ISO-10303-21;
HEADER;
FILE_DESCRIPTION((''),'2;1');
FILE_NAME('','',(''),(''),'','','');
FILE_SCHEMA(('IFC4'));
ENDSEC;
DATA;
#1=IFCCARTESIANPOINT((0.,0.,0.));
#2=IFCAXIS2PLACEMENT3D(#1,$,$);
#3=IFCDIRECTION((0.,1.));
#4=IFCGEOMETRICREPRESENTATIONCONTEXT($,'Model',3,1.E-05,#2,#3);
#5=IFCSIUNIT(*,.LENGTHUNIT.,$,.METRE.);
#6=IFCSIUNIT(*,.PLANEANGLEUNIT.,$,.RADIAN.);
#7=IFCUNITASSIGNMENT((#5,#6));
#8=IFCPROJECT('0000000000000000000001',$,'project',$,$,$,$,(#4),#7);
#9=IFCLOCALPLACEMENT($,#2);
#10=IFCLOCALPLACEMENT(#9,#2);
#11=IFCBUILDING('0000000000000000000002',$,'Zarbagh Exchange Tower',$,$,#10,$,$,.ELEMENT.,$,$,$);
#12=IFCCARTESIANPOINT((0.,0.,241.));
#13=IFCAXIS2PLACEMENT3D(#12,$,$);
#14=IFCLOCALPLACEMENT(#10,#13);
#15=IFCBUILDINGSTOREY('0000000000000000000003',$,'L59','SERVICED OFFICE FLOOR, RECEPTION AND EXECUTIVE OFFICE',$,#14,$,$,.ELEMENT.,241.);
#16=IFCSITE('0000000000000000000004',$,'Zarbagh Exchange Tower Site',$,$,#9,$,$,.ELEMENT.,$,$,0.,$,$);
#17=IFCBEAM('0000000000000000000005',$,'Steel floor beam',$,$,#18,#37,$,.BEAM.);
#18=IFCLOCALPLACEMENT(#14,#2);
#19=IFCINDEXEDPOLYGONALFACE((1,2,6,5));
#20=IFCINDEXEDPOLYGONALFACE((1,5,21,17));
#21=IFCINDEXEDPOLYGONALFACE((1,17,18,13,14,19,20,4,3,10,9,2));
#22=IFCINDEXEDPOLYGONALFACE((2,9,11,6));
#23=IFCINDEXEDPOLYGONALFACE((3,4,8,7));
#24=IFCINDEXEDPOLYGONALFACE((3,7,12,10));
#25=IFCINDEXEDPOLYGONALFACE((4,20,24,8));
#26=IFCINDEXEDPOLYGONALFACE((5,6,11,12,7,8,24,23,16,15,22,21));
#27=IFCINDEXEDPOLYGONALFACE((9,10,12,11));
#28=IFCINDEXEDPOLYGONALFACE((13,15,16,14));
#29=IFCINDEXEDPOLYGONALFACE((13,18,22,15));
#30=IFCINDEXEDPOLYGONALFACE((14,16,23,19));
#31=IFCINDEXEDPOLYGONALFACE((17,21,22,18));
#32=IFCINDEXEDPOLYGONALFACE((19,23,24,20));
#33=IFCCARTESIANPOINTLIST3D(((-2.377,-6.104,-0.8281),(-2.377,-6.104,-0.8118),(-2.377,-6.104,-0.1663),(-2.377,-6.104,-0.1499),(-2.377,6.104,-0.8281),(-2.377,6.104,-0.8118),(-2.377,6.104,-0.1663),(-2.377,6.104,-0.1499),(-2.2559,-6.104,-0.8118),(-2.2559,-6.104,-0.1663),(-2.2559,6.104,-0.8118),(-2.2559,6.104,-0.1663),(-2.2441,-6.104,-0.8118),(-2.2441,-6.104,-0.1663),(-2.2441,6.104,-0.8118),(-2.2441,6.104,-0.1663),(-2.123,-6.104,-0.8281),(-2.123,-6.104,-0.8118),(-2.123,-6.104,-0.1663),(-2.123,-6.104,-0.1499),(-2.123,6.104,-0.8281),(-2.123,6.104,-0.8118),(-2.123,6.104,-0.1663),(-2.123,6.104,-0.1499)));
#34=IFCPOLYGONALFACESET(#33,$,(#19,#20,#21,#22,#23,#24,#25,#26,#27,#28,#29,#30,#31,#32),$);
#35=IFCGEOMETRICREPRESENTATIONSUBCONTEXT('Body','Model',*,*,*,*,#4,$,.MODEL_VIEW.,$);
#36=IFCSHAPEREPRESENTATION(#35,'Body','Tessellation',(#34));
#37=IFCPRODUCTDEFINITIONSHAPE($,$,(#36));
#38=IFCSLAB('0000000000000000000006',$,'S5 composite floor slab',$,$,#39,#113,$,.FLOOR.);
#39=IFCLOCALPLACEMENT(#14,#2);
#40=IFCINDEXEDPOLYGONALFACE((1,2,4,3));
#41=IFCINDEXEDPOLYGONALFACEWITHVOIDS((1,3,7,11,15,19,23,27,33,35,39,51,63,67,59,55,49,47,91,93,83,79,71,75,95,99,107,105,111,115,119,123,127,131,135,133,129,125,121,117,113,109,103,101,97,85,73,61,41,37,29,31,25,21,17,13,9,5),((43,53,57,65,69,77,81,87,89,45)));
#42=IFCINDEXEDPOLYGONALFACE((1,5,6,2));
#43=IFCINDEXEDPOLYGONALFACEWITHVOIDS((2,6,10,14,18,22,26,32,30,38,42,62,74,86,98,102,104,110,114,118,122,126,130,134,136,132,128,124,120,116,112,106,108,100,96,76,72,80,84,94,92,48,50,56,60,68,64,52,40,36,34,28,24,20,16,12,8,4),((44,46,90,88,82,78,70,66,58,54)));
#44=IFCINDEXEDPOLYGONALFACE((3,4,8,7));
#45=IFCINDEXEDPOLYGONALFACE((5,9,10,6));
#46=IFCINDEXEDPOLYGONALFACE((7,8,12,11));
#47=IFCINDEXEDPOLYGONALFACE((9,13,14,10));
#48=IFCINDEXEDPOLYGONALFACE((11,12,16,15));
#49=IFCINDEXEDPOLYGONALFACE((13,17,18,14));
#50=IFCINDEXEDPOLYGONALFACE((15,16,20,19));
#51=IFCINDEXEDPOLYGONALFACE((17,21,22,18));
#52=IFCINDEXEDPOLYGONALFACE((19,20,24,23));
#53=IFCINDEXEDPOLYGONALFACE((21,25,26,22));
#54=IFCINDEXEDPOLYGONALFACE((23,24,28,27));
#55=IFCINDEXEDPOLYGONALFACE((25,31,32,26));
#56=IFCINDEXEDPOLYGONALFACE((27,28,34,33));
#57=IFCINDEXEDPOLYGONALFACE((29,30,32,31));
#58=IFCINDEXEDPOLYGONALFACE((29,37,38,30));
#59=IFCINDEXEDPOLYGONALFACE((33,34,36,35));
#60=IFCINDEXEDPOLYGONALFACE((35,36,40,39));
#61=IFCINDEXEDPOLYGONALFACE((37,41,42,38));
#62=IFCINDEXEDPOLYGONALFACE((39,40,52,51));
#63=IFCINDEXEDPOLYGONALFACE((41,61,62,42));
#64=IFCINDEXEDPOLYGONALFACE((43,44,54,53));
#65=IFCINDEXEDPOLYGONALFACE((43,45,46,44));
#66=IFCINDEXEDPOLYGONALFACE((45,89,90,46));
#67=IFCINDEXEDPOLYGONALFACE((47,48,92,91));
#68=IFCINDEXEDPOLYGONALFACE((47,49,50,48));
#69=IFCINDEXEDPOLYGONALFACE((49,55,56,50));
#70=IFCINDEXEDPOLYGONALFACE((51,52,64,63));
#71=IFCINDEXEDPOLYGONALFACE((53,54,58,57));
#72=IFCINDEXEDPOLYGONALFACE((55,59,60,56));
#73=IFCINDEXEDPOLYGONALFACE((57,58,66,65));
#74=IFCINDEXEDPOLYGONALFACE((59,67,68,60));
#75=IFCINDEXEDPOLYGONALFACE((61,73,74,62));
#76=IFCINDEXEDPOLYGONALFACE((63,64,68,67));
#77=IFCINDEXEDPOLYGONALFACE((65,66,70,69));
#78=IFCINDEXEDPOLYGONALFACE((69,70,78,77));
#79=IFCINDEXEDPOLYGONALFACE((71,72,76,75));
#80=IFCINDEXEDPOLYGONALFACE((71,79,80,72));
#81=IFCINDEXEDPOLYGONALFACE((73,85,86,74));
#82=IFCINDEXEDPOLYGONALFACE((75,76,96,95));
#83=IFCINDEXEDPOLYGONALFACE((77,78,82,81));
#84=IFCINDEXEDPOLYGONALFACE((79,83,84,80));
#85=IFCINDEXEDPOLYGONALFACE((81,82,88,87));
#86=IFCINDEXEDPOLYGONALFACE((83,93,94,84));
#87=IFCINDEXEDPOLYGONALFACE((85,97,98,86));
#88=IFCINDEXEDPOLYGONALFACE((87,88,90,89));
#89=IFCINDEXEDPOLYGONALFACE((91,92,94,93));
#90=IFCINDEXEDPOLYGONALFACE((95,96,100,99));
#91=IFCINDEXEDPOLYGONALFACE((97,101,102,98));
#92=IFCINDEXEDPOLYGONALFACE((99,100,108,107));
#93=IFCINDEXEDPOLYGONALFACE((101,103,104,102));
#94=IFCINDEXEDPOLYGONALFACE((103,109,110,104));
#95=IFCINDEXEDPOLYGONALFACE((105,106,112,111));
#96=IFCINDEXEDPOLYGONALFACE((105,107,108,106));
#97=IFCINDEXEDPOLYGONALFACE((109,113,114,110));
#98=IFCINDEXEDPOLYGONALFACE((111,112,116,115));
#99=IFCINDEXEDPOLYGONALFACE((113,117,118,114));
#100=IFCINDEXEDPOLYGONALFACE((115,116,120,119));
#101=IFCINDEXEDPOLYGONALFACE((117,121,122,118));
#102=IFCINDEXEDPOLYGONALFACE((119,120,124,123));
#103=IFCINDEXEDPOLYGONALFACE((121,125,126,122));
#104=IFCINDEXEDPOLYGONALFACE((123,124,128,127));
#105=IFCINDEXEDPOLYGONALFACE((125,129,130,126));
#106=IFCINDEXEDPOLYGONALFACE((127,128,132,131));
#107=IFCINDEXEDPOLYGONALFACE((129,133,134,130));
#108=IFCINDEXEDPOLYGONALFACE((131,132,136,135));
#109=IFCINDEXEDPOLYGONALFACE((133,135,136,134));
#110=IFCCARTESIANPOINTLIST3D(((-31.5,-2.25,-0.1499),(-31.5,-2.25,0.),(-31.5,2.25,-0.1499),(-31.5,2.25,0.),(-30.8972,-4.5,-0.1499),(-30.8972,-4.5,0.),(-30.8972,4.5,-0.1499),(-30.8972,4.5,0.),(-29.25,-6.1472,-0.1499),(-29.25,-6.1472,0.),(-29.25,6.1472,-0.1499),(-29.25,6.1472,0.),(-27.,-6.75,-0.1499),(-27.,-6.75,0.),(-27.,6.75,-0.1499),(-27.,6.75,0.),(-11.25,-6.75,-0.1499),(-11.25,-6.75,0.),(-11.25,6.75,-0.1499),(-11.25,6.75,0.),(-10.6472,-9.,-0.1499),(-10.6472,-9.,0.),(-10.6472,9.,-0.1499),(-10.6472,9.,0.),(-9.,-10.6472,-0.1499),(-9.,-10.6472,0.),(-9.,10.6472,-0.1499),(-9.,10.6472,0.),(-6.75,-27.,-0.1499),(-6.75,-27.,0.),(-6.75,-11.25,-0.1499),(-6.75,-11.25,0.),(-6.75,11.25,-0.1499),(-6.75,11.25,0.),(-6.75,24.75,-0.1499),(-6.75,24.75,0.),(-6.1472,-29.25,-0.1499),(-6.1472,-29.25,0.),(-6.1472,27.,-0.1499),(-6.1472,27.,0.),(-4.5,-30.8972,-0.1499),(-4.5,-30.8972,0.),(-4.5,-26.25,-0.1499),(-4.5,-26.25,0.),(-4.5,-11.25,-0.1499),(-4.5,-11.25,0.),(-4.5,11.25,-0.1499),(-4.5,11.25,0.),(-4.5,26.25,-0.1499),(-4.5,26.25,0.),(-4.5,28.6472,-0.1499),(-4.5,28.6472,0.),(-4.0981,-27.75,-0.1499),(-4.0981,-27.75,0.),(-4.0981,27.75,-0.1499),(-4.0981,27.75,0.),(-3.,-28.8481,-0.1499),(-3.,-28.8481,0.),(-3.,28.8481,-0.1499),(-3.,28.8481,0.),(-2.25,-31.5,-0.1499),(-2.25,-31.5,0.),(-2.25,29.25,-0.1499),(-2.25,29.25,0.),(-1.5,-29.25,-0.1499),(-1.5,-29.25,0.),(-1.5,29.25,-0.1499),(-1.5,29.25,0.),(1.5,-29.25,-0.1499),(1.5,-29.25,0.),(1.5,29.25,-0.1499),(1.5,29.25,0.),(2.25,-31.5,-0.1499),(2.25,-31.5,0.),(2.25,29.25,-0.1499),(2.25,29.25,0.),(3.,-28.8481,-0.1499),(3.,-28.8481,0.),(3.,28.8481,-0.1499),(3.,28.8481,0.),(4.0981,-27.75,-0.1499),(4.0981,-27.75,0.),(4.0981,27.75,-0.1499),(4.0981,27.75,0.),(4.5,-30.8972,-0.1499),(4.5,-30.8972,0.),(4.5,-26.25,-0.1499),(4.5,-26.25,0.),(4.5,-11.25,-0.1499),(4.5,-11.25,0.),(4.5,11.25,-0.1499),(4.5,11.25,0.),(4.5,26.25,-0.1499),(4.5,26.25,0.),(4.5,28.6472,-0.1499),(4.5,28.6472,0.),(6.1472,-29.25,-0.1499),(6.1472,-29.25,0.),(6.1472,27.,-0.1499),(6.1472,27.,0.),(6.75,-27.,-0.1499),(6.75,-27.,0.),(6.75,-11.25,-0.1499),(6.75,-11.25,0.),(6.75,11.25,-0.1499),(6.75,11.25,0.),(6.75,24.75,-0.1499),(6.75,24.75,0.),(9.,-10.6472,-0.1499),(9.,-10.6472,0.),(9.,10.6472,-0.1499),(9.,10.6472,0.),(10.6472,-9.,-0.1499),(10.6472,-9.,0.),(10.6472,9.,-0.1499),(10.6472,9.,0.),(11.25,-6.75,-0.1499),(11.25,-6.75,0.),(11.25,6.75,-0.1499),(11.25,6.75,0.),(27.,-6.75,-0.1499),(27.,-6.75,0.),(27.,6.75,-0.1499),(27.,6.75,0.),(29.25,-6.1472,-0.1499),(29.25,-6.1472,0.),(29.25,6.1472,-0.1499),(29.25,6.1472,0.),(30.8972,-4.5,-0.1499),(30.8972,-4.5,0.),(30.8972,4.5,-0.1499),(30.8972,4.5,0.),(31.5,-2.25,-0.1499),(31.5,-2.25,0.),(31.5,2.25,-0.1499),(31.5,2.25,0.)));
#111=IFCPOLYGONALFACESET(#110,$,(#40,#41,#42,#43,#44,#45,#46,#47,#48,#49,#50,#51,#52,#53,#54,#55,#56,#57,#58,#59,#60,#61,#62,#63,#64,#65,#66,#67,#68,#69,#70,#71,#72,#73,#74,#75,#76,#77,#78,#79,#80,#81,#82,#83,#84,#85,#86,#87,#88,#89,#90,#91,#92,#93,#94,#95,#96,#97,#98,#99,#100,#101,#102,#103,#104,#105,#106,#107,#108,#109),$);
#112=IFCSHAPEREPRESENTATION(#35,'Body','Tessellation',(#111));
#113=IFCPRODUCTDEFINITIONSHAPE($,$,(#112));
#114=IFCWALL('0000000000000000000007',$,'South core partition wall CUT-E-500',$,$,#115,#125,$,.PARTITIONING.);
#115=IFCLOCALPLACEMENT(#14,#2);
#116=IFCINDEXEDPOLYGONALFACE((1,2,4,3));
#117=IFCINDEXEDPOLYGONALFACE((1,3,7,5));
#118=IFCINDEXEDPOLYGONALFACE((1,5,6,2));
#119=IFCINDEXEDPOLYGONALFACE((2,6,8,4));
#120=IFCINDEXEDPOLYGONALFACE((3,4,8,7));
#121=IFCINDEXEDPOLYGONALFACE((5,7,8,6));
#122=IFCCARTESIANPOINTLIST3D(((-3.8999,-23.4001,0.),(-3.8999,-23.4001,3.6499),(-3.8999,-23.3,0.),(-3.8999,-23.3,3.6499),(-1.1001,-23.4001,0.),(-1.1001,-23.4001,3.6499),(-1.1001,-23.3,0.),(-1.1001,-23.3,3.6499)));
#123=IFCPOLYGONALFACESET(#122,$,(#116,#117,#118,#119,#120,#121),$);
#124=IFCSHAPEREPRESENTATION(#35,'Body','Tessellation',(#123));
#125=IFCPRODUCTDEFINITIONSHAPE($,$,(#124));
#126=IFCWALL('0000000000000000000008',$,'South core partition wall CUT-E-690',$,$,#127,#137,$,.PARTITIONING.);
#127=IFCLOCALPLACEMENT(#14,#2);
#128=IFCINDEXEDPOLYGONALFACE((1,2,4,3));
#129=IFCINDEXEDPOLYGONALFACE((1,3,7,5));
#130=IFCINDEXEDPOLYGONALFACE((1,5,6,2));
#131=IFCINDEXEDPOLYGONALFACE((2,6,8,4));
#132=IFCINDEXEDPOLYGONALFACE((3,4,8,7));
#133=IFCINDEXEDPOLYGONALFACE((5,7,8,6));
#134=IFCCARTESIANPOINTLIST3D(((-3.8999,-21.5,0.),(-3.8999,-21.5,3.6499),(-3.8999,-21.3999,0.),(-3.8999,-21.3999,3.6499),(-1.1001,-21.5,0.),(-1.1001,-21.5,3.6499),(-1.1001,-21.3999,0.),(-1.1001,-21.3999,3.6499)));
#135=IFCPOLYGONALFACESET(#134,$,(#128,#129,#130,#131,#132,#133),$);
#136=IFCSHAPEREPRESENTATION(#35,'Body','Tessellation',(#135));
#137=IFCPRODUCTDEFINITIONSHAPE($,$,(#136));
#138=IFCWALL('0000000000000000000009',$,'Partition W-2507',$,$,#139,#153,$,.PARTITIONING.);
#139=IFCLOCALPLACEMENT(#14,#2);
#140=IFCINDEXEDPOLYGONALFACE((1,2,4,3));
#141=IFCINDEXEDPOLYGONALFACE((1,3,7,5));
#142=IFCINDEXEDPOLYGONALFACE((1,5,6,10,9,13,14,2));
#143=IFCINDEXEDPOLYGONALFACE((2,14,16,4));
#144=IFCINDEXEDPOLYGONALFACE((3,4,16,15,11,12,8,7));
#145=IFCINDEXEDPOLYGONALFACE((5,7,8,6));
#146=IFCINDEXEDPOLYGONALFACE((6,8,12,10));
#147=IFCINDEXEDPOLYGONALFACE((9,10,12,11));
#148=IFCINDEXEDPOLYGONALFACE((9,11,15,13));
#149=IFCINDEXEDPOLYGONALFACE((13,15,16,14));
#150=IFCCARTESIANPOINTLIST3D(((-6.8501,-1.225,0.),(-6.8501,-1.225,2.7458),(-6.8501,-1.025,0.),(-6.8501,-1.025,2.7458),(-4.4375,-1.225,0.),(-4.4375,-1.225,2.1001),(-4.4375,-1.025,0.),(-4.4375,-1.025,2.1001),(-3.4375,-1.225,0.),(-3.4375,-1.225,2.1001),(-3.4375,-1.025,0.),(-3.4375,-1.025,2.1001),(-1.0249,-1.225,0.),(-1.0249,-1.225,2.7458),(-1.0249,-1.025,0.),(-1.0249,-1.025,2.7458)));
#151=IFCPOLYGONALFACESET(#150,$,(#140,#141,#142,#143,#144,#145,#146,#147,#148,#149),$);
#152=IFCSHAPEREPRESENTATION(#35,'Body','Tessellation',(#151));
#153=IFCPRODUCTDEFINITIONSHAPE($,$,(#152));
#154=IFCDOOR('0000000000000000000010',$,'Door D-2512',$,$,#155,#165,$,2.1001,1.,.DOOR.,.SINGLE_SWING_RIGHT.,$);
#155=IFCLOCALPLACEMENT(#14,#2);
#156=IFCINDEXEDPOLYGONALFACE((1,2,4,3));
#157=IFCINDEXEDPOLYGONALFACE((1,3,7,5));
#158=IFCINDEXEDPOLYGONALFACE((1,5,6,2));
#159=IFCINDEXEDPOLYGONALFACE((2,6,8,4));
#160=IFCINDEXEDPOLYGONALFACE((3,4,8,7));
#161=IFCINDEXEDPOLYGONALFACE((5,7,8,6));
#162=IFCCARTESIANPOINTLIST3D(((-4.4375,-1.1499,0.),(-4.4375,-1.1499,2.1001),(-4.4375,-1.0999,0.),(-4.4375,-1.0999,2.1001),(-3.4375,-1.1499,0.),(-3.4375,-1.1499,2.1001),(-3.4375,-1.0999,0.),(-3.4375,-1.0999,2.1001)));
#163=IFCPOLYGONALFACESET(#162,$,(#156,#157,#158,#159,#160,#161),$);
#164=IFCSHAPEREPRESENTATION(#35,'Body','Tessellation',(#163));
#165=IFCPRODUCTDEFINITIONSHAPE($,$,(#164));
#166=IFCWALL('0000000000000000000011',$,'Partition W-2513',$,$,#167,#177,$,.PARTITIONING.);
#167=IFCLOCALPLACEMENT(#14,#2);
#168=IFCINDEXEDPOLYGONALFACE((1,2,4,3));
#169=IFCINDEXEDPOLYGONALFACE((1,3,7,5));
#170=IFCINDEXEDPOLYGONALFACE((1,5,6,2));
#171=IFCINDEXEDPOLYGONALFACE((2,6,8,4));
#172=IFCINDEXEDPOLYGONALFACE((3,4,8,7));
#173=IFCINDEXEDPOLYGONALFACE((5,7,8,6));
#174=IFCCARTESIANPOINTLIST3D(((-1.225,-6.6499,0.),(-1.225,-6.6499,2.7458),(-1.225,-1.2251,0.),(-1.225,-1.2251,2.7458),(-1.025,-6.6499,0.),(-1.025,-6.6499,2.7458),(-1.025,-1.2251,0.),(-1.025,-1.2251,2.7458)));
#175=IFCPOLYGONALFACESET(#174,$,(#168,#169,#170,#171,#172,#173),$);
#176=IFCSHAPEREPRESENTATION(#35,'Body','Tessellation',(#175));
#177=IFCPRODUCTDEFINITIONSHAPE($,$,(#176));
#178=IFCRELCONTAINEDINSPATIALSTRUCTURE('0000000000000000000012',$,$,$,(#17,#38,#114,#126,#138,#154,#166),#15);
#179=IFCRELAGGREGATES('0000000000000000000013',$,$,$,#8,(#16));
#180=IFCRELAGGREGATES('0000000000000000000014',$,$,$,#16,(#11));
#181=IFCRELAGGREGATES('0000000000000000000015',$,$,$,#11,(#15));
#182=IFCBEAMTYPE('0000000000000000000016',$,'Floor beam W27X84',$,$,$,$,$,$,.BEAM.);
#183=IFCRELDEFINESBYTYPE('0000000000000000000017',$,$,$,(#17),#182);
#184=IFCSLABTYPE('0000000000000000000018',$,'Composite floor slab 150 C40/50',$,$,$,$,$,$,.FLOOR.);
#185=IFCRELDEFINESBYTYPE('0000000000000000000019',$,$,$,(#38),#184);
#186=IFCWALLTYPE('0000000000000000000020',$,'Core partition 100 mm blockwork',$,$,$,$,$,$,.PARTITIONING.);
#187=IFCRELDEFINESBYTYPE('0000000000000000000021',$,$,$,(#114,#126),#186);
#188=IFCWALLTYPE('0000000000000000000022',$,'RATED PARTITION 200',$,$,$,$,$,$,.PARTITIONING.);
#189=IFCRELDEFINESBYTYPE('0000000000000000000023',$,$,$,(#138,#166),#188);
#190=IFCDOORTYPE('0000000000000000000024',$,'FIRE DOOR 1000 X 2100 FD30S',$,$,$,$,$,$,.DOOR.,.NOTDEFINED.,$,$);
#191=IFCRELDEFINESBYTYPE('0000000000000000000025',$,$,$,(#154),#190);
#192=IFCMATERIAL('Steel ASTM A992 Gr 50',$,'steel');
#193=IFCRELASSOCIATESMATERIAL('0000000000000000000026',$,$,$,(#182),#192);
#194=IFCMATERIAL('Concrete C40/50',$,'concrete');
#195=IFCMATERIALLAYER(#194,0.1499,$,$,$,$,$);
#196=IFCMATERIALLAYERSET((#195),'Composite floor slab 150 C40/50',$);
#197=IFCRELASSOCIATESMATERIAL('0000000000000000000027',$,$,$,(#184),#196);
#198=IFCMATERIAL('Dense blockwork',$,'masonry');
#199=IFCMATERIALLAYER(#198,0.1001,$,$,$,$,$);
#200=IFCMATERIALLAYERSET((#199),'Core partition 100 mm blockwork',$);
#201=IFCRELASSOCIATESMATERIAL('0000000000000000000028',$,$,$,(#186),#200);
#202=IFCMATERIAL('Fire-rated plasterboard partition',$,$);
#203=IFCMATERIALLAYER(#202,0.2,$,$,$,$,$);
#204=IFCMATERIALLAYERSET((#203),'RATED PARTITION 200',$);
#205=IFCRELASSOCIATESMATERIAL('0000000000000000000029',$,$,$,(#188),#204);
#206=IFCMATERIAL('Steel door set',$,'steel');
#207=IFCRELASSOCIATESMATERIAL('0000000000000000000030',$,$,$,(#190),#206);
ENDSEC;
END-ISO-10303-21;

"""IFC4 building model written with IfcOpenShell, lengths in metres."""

from ifc_helpers import new_model, si_unit, direction, frame, frame_2d, origin, origin_2d, place, context, subcontext, project, spatial, polyline, rectangle, i_section, outline, extrude, material, layer, layer_set, material_profile, profile_set, type_object, element, fill, save


model = new_model("IFC4")

# Units and contexts
model_context = context("Model", 3, precision=1e-05, world=origin(), true_north=direction((0.0, 1.0)))
body_context = subcontext(model_context, "Body", "Model", "MODEL_VIEW")
ifc_project = project(units=[si_unit("LENGTHUNIT", "METRE"), si_unit("PLANEANGLEUNIT", "RADIAN")], contexts=[model_context])

# Site, building, storey
site_placement = place(None, origin())
site = spatial("IfcSite", under=ifc_project, at=site_placement, Name="Zarbagh Exchange Tower Site", CompositionType="ELEMENT", RefElevation=0.0)
building_placement = place(site_placement, origin())
building = spatial("IfcBuilding", under=site, at=building_placement, Name="Zarbagh Exchange Tower", CompositionType="ELEMENT")
storey_placement = place(building_placement, frame((0.0, 0.0, 241.0)))
storey = spatial("IfcBuildingStorey", under=building, at=storey_placement, Name="L59", Description="SERVICED OFFICE FLOOR, RECEPTION AND EXECUTIVE OFFICE", CompositionType="ELEMENT", Elevation=241.0)

# Beam
ifc_material_1 = material(Name="Steel ASTM A992 Gr 50", Category="steel")
ifc_material_profile = material_profile(ifc_material_1, i_section(OverallWidth=0.2539, OverallDepth=0.6782, WebThickness=0.0117, FlangeThickness=0.0164, at=origin_2d()), Name="W27X84")
ifc_profile_set = profile_set([ifc_material_profile], Name="Steel ASTM A992 Gr 50")
beam_type = type_object("IfcBeamType", Name="Floor beam W27X84", PredefinedType="BEAM", material=ifc_profile_set)
beam_placement = place(storey_placement, frame((-2.25, -6.104, -0.489), z_axis=(0.0, 1.0, 0.0), x_axis=(-1.0, 0.0, 0.0)))
element("IfcBeam", 1, at=beam_placement, inside=storey, type_object=beam_type, Name="Steel floor beam", PredefinedType="BEAM", context=body_context, shape_type="SweptSolid", body=[
    extrude(i_section(OverallWidth=0.2539, OverallDepth=0.6782, WebThickness=0.0117, FlangeThickness=0.0164, at=origin_2d()), origin(), (0.0, 0.0, 1.0), 12.208),
])

# Slab
ifc_material_2 = material(Name="Concrete C40/50", Category="concrete")
ifc_layer_1 = layer(ifc_material_2, 0.1499)
ifc_layer_set_1 = layer_set([ifc_layer_1], Name="Composite floor slab 150 C40/50")
slab_type = type_object("IfcSlabType", Name="Composite floor slab 150 C40/50", PredefinedType="FLOOR", material=ifc_layer_set_1)
slab_placement = place(storey_placement, frame((0.0, 0.0, -0.1499)))
element("IfcSlab", 2, at=slab_placement, inside=storey, type_object=slab_type, Name="S5 composite floor slab", PredefinedType="FLOOR", context=body_context, shape_type="SweptSolid", body=[
    extrude(outline(polyline([(-2.25, -31.5), (-4.5, -30.8972), (-6.1472, -29.25), (-6.75, -27.0), (-6.75, -11.25), (-9.0, -10.6472), (-10.6472, -9.0), (-11.25, -6.75), (-27.0, -6.75), (-29.25, -6.1472), (-30.8972, -4.5), (-31.5, -2.25), (-31.5, 2.25), (-30.8972, 4.5), (-29.25, 6.1472), (-27.0, 6.75), (-11.25, 6.75), (-10.6472, 9.0), (-9.0, 10.6472), (-6.75, 11.25), (-6.75, 24.75), (-6.1472, 27.0), (-4.5, 28.6472), (-2.25, 29.25), (-1.5, 29.25), (-3.0, 28.8481), (-4.0981, 27.75), (-4.5, 26.25), (-4.5, 11.25), (4.5, 11.25), (4.5, 26.25), (4.0981, 27.75), (3.0, 28.8481), (1.5, 29.25), (2.25, 29.25), (4.5, 28.6472), (6.1472, 27.0), (6.75, 24.75), (6.75, 11.25), (9.0, 10.6472), (10.6472, 9.0), (11.25, 6.75), (27.0, 6.75), (29.25, 6.1472), (30.8972, 4.5), (31.5, 2.25), (31.5, -2.25), (30.8972, -4.5), (29.25, -6.1472), (27.0, -6.75), (11.25, -6.75), (10.6472, -9.0), (9.0, -10.6472), (6.75, -11.25), (6.75, -27.0), (6.1472, -29.25), (4.5, -30.8972), (2.25, -31.5), (-2.25, -31.5)]), holes=[polyline([(-1.5, -29.25), (1.5, -29.25), (3.0, -28.8481), (4.0981, -27.75), (4.5, -26.25), (4.5, -11.25), (-4.5, -11.25), (-4.5, -26.25), (-4.0981, -27.75), (-3.0, -28.8481), (-1.5, -29.25)])]), origin(), (0.0, 0.0, 1.0), 0.1499),
])

# Walls
ifc_material_3 = material(Name="Dense blockwork", Category="masonry")
ifc_layer_2 = layer(ifc_material_3, 0.1001)
ifc_layer_set_2 = layer_set([ifc_layer_2], Name="Core partition 100 mm blockwork")
wall_type_1 = type_object("IfcWallType", Name="Core partition 100 mm blockwork", PredefinedType="PARTITIONING", material=ifc_layer_set_2)
for number, where, z_axis, x_axis, name in (
    (3, (-1.1001, -23.3501, 0.0), (0.0, 0.0, 1.0), (-1.0, 0.0, 0.0), "South core partition wall CUT-E-500"),
    (4, (-1.1001, -21.45, 0.0), (0.0, 0.0, 1.0), (-1.0, 0.0, 0.0), "South core partition wall CUT-E-690"),
):
    element("IfcWall", number, at=place(storey_placement, frame(where, z_axis=z_axis, x_axis=x_axis)), inside=storey, type_object=wall_type_1, Name=name, PredefinedType="PARTITIONING", context=body_context, shape_type="SweptSolid", body=[
        extrude(rectangle(XDim=2.7998, YDim=0.1001, at=frame_2d((1.3999, 0.0))), origin(), (0.0, 0.0, 1.0), 3.6499),
    ])

# Wall, opening, door
ifc_material_4 = material(Name="Fire-rated plasterboard partition")
ifc_layer_3 = layer(ifc_material_4, 0.2)
ifc_layer_set_3 = layer_set([ifc_layer_3], Name="RATED PARTITION 200")
wall_type_2 = type_object("IfcWallType", Name="RATED PARTITION 200", PredefinedType="PARTITIONING", material=ifc_layer_set_3)
wall_1_placement = place(storey_placement, frame((-1.0249, -1.125, 0.0), z_axis=(0.0, 0.0, 1.0), x_axis=(-1.0, 0.0, 0.0)))
wall_1 = element("IfcWall", 5, at=wall_1_placement, inside=storey, type_object=wall_type_2, Name="Partition W-2507", PredefinedType="PARTITIONING", context=body_context, shape_type="SweptSolid", body=[
    extrude(rectangle(XDim=5.8252, YDim=0.2, at=frame_2d((2.9126, 0.0))), origin(), (0.0, 0.0, 1.0), 2.7458),
])
opening_1_placement = place(wall_1_placement, frame((2.4126, 0.0, 0.0)))
opening_1 = element("IfcOpeningElement", 6, at=opening_1_placement, cuts=wall_1, PredefinedType="OPENING", context=body_context, shape_type="SweptSolid", body=[
    extrude(rectangle(XDim=1.0, YDim=2.1001, at=frame_2d((0.5, 1.05))), frame((0.0, 0.1099, 0.0), z_axis=(0.0, -1.0, 0.0), x_axis=(1.0, 0.0, 0.0)), (0.0, 0.0, 1.0), 0.22),
])
ifc_material_5 = material(Name="Steel door set", Category="steel")
door_type_1 = type_object("IfcDoorType", Name="FIRE DOOR 1000 X 2100 FD30S", OperationType="NOTDEFINED", PredefinedType="DOOR", material=ifc_material_5)
door_1_placement = place(opening_1_placement, origin())
door_1 = element("IfcDoor", 7, at=door_1_placement, inside=storey, type_object=door_type_1, Name="Door D-2512", OperationType="SINGLE_SWING_RIGHT", OverallHeight=2.1001, OverallWidth=1.0, PredefinedType="DOOR", context=body_context, shape_type="SweptSolid", body=[
    extrude(rectangle(XDim=1.0, YDim=2.1001, at=frame_2d((0.5, 1.05))), frame((0.0, 0.0249, 0.0), z_axis=(0.0, -1.0, 0.0), x_axis=(1.0, 0.0, 0.0)), (0.0, 0.0, 1.0), 0.05),
])
fill(opening_1, door_1)

# Wall
wall_2_placement = place(storey_placement, frame((-1.125, -6.6499, 0.0), z_axis=(0.0, 0.0, 1.0), x_axis=(0.0, 1.0, 0.0)))
element("IfcWall", 8, at=wall_2_placement, inside=storey, type_object=wall_type_2, Name="Partition W-2513", PredefinedType="PARTITIONING", context=body_context, shape_type="SweptSolid", body=[
    extrude(rectangle(XDim=5.4248, YDim=0.2, at=frame_2d((2.7124, 0.0))), origin(), (0.0, 0.0, 1.0), 2.7458),
])

save(model, "model.ifc")
